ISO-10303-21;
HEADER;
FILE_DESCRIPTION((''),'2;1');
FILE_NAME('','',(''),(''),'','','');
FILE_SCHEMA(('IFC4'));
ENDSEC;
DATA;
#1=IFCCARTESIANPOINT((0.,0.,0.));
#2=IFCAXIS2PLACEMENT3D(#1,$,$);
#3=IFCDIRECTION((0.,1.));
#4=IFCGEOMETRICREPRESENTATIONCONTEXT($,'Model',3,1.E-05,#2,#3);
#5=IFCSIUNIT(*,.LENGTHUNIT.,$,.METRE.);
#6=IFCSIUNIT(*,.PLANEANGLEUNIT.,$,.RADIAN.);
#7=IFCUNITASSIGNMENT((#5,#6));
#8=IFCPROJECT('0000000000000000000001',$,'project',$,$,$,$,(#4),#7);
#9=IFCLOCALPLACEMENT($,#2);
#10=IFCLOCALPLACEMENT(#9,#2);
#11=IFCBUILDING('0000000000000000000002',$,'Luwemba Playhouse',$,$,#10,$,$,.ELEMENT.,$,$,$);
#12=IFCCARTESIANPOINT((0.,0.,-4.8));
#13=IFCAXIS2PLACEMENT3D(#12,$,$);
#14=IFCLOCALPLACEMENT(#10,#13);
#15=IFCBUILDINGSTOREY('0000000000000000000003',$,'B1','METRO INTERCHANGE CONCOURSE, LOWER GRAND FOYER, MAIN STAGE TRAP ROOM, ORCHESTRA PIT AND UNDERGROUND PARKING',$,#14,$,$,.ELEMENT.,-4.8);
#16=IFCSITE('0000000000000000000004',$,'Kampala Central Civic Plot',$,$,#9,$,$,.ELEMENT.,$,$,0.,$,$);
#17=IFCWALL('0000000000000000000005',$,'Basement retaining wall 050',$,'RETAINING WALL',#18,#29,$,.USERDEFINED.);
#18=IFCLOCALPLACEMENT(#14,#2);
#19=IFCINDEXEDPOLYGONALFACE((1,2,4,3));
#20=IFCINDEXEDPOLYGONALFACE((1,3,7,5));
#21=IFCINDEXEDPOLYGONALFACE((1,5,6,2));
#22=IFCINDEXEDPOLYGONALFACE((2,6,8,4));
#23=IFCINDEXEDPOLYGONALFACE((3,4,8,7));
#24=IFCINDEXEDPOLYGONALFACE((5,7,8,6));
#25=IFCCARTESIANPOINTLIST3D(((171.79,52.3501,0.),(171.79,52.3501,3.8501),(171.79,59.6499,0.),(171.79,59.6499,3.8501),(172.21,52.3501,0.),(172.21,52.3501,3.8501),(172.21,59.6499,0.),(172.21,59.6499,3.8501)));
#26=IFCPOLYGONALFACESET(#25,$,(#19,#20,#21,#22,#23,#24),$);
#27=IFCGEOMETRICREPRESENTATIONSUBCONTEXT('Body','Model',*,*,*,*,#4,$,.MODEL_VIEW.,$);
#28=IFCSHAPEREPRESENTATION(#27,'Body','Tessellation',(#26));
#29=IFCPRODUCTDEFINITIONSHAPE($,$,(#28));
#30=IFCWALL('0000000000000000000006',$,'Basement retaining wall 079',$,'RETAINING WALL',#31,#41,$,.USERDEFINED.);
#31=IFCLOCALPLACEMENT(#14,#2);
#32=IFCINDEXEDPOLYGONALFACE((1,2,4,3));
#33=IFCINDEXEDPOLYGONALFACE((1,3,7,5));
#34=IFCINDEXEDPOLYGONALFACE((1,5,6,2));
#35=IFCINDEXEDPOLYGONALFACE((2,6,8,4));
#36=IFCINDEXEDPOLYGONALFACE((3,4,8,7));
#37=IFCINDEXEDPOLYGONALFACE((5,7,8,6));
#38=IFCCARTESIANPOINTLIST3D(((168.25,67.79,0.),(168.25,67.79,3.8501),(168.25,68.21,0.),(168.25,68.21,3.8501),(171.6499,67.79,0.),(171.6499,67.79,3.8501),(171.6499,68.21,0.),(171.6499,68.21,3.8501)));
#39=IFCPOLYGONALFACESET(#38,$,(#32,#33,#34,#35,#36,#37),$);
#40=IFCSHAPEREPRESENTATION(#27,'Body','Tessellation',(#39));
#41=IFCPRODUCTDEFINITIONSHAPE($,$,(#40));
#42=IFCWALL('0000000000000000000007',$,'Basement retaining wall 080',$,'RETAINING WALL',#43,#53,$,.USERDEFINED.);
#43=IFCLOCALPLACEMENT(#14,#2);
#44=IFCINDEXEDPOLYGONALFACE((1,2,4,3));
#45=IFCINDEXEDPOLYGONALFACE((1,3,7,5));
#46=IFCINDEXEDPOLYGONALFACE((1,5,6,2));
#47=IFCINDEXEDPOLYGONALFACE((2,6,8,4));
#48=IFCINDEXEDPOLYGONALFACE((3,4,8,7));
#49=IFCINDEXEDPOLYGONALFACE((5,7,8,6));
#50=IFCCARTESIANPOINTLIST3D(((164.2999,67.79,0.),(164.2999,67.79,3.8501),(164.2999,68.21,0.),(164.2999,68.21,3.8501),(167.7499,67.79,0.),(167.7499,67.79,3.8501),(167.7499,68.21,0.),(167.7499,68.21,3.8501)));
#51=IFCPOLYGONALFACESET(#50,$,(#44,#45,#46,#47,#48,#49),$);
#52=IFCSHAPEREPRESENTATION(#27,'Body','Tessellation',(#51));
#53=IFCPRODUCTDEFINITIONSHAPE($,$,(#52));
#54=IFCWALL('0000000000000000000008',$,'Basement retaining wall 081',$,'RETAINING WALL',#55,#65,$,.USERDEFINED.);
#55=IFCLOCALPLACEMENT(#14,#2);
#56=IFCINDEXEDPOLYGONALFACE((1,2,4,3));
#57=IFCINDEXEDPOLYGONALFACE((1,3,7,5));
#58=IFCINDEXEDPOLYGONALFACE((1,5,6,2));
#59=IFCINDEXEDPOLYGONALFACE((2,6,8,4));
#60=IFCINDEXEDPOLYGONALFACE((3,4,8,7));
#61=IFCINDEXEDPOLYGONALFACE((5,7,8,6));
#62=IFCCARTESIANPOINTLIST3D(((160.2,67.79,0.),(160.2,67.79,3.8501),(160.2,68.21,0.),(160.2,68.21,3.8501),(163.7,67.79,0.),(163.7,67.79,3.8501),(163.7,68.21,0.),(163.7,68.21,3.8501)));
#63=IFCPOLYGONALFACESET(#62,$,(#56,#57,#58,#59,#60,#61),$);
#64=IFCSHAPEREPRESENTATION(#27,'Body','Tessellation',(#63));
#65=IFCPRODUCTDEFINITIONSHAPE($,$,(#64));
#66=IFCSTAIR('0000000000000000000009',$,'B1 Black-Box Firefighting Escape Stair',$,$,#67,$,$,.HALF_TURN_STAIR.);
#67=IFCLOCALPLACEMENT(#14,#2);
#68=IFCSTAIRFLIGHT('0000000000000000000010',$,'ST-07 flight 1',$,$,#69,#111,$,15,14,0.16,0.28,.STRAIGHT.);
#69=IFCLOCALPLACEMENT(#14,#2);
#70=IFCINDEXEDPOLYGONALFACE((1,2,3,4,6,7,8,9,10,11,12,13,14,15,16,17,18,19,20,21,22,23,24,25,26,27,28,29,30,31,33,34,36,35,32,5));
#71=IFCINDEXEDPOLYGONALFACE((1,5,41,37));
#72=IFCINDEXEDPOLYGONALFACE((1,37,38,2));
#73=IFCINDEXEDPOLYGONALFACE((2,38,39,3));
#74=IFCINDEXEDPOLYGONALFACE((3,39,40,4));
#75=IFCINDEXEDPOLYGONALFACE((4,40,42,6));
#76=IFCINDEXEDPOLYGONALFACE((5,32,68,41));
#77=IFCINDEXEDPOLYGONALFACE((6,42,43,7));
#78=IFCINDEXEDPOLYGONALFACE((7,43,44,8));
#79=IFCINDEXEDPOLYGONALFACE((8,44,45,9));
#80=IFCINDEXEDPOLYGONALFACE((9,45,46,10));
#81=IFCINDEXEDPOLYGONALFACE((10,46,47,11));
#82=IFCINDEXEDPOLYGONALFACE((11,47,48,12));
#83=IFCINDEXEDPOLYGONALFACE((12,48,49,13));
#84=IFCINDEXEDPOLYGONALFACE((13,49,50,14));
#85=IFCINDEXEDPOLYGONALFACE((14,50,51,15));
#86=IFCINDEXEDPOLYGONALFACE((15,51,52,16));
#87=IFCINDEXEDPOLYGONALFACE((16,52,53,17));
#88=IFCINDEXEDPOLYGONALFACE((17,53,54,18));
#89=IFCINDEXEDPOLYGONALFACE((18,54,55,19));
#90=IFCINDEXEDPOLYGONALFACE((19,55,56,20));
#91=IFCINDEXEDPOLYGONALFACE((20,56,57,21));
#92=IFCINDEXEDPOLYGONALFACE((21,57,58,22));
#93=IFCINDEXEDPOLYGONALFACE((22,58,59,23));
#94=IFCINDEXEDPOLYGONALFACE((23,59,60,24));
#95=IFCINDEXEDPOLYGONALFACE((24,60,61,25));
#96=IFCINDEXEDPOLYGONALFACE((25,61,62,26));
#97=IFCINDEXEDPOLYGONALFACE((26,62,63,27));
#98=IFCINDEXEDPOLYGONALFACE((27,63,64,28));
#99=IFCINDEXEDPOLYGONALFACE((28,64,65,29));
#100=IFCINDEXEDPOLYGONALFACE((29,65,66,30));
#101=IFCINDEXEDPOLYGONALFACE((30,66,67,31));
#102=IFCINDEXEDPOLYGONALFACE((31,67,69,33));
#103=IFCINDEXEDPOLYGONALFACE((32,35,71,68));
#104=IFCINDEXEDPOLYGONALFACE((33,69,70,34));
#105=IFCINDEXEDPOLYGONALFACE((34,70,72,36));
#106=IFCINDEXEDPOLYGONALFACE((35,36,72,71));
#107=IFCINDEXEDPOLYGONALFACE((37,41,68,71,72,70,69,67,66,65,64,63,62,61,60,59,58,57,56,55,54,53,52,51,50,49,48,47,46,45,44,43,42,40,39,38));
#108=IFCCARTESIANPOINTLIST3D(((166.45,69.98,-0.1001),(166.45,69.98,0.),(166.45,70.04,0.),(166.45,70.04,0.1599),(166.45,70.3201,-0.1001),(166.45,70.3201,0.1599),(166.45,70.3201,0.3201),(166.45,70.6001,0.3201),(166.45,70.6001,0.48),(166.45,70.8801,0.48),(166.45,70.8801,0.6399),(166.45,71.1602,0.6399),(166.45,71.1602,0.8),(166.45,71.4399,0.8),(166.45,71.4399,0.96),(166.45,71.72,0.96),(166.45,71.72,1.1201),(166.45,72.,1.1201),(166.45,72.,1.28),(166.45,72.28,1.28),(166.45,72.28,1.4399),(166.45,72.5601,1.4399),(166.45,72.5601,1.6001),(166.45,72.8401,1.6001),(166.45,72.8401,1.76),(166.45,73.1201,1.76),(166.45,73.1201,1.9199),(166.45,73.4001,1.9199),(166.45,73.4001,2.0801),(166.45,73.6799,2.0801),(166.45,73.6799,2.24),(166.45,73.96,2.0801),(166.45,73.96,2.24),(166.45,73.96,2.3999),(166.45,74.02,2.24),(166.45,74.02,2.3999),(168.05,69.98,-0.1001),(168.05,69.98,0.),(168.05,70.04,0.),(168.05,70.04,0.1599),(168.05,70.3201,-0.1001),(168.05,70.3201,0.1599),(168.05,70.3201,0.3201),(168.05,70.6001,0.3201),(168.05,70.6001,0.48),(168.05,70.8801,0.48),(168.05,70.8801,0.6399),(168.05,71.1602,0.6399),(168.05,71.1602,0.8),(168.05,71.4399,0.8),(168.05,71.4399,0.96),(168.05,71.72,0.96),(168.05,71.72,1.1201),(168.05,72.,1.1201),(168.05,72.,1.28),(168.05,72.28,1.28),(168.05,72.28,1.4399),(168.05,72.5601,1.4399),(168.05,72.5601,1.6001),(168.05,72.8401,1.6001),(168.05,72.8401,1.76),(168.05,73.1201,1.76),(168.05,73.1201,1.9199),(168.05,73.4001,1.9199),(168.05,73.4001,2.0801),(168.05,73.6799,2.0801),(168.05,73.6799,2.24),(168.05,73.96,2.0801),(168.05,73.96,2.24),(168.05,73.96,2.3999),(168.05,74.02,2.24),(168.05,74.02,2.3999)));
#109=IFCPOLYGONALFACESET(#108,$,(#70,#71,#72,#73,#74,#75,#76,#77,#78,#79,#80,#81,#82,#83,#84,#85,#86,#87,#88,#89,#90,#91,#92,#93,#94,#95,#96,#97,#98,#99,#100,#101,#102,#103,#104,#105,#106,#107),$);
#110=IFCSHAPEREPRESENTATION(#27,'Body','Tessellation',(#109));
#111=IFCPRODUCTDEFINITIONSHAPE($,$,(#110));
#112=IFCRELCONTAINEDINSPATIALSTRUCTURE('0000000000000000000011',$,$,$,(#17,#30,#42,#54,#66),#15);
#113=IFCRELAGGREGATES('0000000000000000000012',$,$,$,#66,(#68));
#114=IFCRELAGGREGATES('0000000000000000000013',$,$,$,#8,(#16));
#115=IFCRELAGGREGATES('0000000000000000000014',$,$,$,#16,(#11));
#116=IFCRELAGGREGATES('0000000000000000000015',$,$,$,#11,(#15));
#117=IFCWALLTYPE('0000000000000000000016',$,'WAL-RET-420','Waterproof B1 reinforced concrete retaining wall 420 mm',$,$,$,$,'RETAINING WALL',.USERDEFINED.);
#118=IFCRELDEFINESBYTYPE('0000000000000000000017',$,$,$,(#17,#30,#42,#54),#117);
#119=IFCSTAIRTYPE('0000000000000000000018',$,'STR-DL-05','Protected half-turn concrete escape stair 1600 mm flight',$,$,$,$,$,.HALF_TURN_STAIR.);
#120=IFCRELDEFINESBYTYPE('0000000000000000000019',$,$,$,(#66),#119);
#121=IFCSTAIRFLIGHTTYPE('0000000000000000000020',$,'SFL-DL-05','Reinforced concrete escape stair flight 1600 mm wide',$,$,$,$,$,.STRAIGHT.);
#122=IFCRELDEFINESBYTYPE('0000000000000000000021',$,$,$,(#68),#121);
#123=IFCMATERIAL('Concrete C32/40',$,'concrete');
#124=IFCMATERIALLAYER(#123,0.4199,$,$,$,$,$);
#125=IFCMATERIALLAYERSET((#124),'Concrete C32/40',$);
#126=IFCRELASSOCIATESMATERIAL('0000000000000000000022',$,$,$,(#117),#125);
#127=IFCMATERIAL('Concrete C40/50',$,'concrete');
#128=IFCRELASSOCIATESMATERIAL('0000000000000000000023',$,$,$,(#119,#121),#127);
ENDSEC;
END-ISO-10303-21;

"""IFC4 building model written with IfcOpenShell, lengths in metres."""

from ifc_helpers import new_model, si_unit, direction, frame, frame_2d, origin, place, context, subcontext, project, spatial, polyline, rectangle, outline, extrude, material, layer, layer_set, type_object, element, aggregate, save


model = new_model("IFC4")

# Units and contexts
model_context = context("Model", 3, precision=1e-05, world=origin(), true_north=direction((0.0, 1.0)))
body_context = subcontext(model_context, "Body", "Model", "MODEL_VIEW")
ifc_project = project(units=[si_unit("LENGTHUNIT", "METRE"), si_unit("PLANEANGLEUNIT", "RADIAN")], contexts=[model_context])

# Site, building, storey
site_placement = place(None, origin())
site = spatial("IfcSite", under=ifc_project, at=site_placement, Name="Kampala Central Civic Plot", CompositionType="ELEMENT", RefElevation=0.0)
building_placement = place(site_placement, origin())
building = spatial("IfcBuilding", under=site, at=building_placement, Name="Luwemba Playhouse", CompositionType="ELEMENT")
storey_placement = place(building_placement, frame((0.0, 0.0, -4.8)))
storey = spatial("IfcBuildingStorey", under=building, at=storey_placement, Name="B1", Description="METRO INTERCHANGE CONCOURSE, LOWER GRAND FOYER, MAIN STAGE TRAP ROOM, ORCHESTRA PIT AND UNDERGROUND PARKING", CompositionType="ELEMENT", Elevation=-4.8)

# Shared definitions
ifc_material_1 = material(Name="Concrete C32/40", Category="concrete")

# Shared definitions
ifc_material_2 = material(Name="Concrete C40/50", Category="concrete")

# Walls
ifc_layer_1 = layer(ifc_material_1, 0.4199)
ifc_layer_set_1 = layer_set([ifc_layer_1], Name="Concrete C32/40")
wall_type_1 = type_object("IfcWallType", Name="WAL-RET-420", Description="Waterproof B1 reinforced concrete retaining wall 420 mm", ElementType="RETAINING WALL", PredefinedType="USERDEFINED", material=ifc_layer_set_1)
wall_1_placement = place(storey_placement, frame((172.0, 59.6499, 0.0), z_axis=(0.0, 0.0, 1.0), x_axis=(0.0, -1.0, 0.0)))
element("IfcWall", 1, at=wall_1_placement, inside=storey, type_object=wall_type_1, Name="Basement retaining wall 050", ObjectType="RETAINING WALL", PredefinedType="USERDEFINED", context=body_context, shape_type="SweptSolid", body=[
    extrude(rectangle(XDim=7.2998, YDim=0.4199, at=frame_2d((3.6499, 0.0))), origin(), (0.0, 0.0, 1.0), 3.8501),
])
wall_2_placement = place(storey_placement, frame((171.6499, 68.0, 0.0), z_axis=(0.0, 0.0, 1.0), x_axis=(-1.0, 0.0, 0.0)))
element("IfcWall", 2, at=wall_2_placement, inside=storey, type_object=wall_type_1, Name="Basement retaining wall 079", ObjectType="RETAINING WALL", PredefinedType="USERDEFINED", context=body_context, shape_type="SweptSolid", body=[
    extrude(rectangle(XDim=3.3999, YDim=0.4199, at=frame_2d((1.7, 0.0))), origin(), (0.0, 0.0, 1.0), 3.8501),
])
wall_3_placement = place(storey_placement, frame((167.75, 68.0, 0.0), z_axis=(0.0, 0.0, 1.0), x_axis=(-1.0, 0.0, 0.0)))
element("IfcWall", 3, at=wall_3_placement, inside=storey, type_object=wall_type_1, Name="Basement retaining wall 080", ObjectType="RETAINING WALL", PredefinedType="USERDEFINED", context=body_context, shape_type="SweptSolid", body=[
    extrude(rectangle(XDim=3.45, YDim=0.4199, at=frame_2d((1.7251, 0.0))), origin(), (0.0, 0.0, 1.0), 3.8501),
])
wall_4_placement = place(storey_placement, frame((163.7, 68.0, 0.0), z_axis=(0.0, 0.0, 1.0), x_axis=(-1.0, 0.0, 0.0)))
element("IfcWall", 4, at=wall_4_placement, inside=storey, type_object=wall_type_1, Name="Basement retaining wall 081", ObjectType="RETAINING WALL", PredefinedType="USERDEFINED", context=body_context, shape_type="SweptSolid", body=[
    extrude(rectangle(XDim=3.5, YDim=0.4199, at=frame_2d((1.75, 0.0))), origin(), (0.0, 0.0, 1.0), 3.8501),
])

# Stair, stair flight
stair_type = type_object("IfcStairType", Name="STR-DL-05", Description="Protected half-turn concrete escape stair 1600 mm flight", PredefinedType="HALF_TURN_STAIR", material=ifc_material_2)
stair_placement = place(storey_placement, origin())
stair = element("IfcStair", 5, at=stair_placement, inside=storey, type_object=stair_type, Name="B1 Black-Box Firefighting Escape Stair", PredefinedType="HALF_TURN_STAIR")
stair_flight_type = type_object("IfcStairFlightType", Name="SFL-DL-05", Description="Reinforced concrete escape stair flight 1600 mm wide", PredefinedType="STRAIGHT", material=ifc_material_2)
stair_flight_placement = place(storey_placement, frame((167.25, 70.04, 0.0), z_axis=(0.0, 0.0, 1.0), x_axis=(0.0, 1.0, 0.0)))
stair_flight = element("IfcStairFlight", 6, at=stair_flight_placement, type_object=stair_flight_type, Name="ST-07 flight 1", NumberOfRisers=15, NumberOfTreads=14, PredefinedType="STRAIGHT", RiserHeight=0.16, TreadLength=0.28, context=body_context, shape_type="SweptSolid", body=[
    extrude(outline(polyline([(-0.0601, -0.1001), (-0.0601, 0.0), (0.0, 0.0), (0.0, 0.1599), (0.28, 0.1599), (0.28, 0.3201), (0.5601, 0.3201), (0.5601, 0.48), (0.8401, 0.48), (0.8401, 0.6399), (1.1201, 0.6399), (1.1201, 0.8), (1.3999, 0.8), (1.3999, 0.96), (1.6799, 0.96), (1.6799, 1.1201), (1.96, 1.1201), (1.96, 1.28), (2.24, 1.28), (2.24, 1.4399), (2.52, 1.4399), (2.52, 1.6001), (2.8, 1.6001), (2.8, 1.76), (3.0801, 1.76), (3.0801, 1.9199), (3.3601, 1.9199), (3.3601, 2.0801), (3.6399, 2.0801), (3.6399, 2.24), (3.9199, 2.24), (3.9199, 2.3999), (3.98, 2.3999), (3.98, 2.24), (3.9199, 2.0801), (0.28, -0.1001), (-0.0601, -0.1001)])), frame((0.0, 0.8, 0.0), z_axis=(0.0, -1.0, 0.0), x_axis=(1.0, 0.0, 0.0)), (0.0, 0.0, 1.0), 1.6001),
])
aggregate(stair, [stair_flight])

save(model, "model.ifc")
